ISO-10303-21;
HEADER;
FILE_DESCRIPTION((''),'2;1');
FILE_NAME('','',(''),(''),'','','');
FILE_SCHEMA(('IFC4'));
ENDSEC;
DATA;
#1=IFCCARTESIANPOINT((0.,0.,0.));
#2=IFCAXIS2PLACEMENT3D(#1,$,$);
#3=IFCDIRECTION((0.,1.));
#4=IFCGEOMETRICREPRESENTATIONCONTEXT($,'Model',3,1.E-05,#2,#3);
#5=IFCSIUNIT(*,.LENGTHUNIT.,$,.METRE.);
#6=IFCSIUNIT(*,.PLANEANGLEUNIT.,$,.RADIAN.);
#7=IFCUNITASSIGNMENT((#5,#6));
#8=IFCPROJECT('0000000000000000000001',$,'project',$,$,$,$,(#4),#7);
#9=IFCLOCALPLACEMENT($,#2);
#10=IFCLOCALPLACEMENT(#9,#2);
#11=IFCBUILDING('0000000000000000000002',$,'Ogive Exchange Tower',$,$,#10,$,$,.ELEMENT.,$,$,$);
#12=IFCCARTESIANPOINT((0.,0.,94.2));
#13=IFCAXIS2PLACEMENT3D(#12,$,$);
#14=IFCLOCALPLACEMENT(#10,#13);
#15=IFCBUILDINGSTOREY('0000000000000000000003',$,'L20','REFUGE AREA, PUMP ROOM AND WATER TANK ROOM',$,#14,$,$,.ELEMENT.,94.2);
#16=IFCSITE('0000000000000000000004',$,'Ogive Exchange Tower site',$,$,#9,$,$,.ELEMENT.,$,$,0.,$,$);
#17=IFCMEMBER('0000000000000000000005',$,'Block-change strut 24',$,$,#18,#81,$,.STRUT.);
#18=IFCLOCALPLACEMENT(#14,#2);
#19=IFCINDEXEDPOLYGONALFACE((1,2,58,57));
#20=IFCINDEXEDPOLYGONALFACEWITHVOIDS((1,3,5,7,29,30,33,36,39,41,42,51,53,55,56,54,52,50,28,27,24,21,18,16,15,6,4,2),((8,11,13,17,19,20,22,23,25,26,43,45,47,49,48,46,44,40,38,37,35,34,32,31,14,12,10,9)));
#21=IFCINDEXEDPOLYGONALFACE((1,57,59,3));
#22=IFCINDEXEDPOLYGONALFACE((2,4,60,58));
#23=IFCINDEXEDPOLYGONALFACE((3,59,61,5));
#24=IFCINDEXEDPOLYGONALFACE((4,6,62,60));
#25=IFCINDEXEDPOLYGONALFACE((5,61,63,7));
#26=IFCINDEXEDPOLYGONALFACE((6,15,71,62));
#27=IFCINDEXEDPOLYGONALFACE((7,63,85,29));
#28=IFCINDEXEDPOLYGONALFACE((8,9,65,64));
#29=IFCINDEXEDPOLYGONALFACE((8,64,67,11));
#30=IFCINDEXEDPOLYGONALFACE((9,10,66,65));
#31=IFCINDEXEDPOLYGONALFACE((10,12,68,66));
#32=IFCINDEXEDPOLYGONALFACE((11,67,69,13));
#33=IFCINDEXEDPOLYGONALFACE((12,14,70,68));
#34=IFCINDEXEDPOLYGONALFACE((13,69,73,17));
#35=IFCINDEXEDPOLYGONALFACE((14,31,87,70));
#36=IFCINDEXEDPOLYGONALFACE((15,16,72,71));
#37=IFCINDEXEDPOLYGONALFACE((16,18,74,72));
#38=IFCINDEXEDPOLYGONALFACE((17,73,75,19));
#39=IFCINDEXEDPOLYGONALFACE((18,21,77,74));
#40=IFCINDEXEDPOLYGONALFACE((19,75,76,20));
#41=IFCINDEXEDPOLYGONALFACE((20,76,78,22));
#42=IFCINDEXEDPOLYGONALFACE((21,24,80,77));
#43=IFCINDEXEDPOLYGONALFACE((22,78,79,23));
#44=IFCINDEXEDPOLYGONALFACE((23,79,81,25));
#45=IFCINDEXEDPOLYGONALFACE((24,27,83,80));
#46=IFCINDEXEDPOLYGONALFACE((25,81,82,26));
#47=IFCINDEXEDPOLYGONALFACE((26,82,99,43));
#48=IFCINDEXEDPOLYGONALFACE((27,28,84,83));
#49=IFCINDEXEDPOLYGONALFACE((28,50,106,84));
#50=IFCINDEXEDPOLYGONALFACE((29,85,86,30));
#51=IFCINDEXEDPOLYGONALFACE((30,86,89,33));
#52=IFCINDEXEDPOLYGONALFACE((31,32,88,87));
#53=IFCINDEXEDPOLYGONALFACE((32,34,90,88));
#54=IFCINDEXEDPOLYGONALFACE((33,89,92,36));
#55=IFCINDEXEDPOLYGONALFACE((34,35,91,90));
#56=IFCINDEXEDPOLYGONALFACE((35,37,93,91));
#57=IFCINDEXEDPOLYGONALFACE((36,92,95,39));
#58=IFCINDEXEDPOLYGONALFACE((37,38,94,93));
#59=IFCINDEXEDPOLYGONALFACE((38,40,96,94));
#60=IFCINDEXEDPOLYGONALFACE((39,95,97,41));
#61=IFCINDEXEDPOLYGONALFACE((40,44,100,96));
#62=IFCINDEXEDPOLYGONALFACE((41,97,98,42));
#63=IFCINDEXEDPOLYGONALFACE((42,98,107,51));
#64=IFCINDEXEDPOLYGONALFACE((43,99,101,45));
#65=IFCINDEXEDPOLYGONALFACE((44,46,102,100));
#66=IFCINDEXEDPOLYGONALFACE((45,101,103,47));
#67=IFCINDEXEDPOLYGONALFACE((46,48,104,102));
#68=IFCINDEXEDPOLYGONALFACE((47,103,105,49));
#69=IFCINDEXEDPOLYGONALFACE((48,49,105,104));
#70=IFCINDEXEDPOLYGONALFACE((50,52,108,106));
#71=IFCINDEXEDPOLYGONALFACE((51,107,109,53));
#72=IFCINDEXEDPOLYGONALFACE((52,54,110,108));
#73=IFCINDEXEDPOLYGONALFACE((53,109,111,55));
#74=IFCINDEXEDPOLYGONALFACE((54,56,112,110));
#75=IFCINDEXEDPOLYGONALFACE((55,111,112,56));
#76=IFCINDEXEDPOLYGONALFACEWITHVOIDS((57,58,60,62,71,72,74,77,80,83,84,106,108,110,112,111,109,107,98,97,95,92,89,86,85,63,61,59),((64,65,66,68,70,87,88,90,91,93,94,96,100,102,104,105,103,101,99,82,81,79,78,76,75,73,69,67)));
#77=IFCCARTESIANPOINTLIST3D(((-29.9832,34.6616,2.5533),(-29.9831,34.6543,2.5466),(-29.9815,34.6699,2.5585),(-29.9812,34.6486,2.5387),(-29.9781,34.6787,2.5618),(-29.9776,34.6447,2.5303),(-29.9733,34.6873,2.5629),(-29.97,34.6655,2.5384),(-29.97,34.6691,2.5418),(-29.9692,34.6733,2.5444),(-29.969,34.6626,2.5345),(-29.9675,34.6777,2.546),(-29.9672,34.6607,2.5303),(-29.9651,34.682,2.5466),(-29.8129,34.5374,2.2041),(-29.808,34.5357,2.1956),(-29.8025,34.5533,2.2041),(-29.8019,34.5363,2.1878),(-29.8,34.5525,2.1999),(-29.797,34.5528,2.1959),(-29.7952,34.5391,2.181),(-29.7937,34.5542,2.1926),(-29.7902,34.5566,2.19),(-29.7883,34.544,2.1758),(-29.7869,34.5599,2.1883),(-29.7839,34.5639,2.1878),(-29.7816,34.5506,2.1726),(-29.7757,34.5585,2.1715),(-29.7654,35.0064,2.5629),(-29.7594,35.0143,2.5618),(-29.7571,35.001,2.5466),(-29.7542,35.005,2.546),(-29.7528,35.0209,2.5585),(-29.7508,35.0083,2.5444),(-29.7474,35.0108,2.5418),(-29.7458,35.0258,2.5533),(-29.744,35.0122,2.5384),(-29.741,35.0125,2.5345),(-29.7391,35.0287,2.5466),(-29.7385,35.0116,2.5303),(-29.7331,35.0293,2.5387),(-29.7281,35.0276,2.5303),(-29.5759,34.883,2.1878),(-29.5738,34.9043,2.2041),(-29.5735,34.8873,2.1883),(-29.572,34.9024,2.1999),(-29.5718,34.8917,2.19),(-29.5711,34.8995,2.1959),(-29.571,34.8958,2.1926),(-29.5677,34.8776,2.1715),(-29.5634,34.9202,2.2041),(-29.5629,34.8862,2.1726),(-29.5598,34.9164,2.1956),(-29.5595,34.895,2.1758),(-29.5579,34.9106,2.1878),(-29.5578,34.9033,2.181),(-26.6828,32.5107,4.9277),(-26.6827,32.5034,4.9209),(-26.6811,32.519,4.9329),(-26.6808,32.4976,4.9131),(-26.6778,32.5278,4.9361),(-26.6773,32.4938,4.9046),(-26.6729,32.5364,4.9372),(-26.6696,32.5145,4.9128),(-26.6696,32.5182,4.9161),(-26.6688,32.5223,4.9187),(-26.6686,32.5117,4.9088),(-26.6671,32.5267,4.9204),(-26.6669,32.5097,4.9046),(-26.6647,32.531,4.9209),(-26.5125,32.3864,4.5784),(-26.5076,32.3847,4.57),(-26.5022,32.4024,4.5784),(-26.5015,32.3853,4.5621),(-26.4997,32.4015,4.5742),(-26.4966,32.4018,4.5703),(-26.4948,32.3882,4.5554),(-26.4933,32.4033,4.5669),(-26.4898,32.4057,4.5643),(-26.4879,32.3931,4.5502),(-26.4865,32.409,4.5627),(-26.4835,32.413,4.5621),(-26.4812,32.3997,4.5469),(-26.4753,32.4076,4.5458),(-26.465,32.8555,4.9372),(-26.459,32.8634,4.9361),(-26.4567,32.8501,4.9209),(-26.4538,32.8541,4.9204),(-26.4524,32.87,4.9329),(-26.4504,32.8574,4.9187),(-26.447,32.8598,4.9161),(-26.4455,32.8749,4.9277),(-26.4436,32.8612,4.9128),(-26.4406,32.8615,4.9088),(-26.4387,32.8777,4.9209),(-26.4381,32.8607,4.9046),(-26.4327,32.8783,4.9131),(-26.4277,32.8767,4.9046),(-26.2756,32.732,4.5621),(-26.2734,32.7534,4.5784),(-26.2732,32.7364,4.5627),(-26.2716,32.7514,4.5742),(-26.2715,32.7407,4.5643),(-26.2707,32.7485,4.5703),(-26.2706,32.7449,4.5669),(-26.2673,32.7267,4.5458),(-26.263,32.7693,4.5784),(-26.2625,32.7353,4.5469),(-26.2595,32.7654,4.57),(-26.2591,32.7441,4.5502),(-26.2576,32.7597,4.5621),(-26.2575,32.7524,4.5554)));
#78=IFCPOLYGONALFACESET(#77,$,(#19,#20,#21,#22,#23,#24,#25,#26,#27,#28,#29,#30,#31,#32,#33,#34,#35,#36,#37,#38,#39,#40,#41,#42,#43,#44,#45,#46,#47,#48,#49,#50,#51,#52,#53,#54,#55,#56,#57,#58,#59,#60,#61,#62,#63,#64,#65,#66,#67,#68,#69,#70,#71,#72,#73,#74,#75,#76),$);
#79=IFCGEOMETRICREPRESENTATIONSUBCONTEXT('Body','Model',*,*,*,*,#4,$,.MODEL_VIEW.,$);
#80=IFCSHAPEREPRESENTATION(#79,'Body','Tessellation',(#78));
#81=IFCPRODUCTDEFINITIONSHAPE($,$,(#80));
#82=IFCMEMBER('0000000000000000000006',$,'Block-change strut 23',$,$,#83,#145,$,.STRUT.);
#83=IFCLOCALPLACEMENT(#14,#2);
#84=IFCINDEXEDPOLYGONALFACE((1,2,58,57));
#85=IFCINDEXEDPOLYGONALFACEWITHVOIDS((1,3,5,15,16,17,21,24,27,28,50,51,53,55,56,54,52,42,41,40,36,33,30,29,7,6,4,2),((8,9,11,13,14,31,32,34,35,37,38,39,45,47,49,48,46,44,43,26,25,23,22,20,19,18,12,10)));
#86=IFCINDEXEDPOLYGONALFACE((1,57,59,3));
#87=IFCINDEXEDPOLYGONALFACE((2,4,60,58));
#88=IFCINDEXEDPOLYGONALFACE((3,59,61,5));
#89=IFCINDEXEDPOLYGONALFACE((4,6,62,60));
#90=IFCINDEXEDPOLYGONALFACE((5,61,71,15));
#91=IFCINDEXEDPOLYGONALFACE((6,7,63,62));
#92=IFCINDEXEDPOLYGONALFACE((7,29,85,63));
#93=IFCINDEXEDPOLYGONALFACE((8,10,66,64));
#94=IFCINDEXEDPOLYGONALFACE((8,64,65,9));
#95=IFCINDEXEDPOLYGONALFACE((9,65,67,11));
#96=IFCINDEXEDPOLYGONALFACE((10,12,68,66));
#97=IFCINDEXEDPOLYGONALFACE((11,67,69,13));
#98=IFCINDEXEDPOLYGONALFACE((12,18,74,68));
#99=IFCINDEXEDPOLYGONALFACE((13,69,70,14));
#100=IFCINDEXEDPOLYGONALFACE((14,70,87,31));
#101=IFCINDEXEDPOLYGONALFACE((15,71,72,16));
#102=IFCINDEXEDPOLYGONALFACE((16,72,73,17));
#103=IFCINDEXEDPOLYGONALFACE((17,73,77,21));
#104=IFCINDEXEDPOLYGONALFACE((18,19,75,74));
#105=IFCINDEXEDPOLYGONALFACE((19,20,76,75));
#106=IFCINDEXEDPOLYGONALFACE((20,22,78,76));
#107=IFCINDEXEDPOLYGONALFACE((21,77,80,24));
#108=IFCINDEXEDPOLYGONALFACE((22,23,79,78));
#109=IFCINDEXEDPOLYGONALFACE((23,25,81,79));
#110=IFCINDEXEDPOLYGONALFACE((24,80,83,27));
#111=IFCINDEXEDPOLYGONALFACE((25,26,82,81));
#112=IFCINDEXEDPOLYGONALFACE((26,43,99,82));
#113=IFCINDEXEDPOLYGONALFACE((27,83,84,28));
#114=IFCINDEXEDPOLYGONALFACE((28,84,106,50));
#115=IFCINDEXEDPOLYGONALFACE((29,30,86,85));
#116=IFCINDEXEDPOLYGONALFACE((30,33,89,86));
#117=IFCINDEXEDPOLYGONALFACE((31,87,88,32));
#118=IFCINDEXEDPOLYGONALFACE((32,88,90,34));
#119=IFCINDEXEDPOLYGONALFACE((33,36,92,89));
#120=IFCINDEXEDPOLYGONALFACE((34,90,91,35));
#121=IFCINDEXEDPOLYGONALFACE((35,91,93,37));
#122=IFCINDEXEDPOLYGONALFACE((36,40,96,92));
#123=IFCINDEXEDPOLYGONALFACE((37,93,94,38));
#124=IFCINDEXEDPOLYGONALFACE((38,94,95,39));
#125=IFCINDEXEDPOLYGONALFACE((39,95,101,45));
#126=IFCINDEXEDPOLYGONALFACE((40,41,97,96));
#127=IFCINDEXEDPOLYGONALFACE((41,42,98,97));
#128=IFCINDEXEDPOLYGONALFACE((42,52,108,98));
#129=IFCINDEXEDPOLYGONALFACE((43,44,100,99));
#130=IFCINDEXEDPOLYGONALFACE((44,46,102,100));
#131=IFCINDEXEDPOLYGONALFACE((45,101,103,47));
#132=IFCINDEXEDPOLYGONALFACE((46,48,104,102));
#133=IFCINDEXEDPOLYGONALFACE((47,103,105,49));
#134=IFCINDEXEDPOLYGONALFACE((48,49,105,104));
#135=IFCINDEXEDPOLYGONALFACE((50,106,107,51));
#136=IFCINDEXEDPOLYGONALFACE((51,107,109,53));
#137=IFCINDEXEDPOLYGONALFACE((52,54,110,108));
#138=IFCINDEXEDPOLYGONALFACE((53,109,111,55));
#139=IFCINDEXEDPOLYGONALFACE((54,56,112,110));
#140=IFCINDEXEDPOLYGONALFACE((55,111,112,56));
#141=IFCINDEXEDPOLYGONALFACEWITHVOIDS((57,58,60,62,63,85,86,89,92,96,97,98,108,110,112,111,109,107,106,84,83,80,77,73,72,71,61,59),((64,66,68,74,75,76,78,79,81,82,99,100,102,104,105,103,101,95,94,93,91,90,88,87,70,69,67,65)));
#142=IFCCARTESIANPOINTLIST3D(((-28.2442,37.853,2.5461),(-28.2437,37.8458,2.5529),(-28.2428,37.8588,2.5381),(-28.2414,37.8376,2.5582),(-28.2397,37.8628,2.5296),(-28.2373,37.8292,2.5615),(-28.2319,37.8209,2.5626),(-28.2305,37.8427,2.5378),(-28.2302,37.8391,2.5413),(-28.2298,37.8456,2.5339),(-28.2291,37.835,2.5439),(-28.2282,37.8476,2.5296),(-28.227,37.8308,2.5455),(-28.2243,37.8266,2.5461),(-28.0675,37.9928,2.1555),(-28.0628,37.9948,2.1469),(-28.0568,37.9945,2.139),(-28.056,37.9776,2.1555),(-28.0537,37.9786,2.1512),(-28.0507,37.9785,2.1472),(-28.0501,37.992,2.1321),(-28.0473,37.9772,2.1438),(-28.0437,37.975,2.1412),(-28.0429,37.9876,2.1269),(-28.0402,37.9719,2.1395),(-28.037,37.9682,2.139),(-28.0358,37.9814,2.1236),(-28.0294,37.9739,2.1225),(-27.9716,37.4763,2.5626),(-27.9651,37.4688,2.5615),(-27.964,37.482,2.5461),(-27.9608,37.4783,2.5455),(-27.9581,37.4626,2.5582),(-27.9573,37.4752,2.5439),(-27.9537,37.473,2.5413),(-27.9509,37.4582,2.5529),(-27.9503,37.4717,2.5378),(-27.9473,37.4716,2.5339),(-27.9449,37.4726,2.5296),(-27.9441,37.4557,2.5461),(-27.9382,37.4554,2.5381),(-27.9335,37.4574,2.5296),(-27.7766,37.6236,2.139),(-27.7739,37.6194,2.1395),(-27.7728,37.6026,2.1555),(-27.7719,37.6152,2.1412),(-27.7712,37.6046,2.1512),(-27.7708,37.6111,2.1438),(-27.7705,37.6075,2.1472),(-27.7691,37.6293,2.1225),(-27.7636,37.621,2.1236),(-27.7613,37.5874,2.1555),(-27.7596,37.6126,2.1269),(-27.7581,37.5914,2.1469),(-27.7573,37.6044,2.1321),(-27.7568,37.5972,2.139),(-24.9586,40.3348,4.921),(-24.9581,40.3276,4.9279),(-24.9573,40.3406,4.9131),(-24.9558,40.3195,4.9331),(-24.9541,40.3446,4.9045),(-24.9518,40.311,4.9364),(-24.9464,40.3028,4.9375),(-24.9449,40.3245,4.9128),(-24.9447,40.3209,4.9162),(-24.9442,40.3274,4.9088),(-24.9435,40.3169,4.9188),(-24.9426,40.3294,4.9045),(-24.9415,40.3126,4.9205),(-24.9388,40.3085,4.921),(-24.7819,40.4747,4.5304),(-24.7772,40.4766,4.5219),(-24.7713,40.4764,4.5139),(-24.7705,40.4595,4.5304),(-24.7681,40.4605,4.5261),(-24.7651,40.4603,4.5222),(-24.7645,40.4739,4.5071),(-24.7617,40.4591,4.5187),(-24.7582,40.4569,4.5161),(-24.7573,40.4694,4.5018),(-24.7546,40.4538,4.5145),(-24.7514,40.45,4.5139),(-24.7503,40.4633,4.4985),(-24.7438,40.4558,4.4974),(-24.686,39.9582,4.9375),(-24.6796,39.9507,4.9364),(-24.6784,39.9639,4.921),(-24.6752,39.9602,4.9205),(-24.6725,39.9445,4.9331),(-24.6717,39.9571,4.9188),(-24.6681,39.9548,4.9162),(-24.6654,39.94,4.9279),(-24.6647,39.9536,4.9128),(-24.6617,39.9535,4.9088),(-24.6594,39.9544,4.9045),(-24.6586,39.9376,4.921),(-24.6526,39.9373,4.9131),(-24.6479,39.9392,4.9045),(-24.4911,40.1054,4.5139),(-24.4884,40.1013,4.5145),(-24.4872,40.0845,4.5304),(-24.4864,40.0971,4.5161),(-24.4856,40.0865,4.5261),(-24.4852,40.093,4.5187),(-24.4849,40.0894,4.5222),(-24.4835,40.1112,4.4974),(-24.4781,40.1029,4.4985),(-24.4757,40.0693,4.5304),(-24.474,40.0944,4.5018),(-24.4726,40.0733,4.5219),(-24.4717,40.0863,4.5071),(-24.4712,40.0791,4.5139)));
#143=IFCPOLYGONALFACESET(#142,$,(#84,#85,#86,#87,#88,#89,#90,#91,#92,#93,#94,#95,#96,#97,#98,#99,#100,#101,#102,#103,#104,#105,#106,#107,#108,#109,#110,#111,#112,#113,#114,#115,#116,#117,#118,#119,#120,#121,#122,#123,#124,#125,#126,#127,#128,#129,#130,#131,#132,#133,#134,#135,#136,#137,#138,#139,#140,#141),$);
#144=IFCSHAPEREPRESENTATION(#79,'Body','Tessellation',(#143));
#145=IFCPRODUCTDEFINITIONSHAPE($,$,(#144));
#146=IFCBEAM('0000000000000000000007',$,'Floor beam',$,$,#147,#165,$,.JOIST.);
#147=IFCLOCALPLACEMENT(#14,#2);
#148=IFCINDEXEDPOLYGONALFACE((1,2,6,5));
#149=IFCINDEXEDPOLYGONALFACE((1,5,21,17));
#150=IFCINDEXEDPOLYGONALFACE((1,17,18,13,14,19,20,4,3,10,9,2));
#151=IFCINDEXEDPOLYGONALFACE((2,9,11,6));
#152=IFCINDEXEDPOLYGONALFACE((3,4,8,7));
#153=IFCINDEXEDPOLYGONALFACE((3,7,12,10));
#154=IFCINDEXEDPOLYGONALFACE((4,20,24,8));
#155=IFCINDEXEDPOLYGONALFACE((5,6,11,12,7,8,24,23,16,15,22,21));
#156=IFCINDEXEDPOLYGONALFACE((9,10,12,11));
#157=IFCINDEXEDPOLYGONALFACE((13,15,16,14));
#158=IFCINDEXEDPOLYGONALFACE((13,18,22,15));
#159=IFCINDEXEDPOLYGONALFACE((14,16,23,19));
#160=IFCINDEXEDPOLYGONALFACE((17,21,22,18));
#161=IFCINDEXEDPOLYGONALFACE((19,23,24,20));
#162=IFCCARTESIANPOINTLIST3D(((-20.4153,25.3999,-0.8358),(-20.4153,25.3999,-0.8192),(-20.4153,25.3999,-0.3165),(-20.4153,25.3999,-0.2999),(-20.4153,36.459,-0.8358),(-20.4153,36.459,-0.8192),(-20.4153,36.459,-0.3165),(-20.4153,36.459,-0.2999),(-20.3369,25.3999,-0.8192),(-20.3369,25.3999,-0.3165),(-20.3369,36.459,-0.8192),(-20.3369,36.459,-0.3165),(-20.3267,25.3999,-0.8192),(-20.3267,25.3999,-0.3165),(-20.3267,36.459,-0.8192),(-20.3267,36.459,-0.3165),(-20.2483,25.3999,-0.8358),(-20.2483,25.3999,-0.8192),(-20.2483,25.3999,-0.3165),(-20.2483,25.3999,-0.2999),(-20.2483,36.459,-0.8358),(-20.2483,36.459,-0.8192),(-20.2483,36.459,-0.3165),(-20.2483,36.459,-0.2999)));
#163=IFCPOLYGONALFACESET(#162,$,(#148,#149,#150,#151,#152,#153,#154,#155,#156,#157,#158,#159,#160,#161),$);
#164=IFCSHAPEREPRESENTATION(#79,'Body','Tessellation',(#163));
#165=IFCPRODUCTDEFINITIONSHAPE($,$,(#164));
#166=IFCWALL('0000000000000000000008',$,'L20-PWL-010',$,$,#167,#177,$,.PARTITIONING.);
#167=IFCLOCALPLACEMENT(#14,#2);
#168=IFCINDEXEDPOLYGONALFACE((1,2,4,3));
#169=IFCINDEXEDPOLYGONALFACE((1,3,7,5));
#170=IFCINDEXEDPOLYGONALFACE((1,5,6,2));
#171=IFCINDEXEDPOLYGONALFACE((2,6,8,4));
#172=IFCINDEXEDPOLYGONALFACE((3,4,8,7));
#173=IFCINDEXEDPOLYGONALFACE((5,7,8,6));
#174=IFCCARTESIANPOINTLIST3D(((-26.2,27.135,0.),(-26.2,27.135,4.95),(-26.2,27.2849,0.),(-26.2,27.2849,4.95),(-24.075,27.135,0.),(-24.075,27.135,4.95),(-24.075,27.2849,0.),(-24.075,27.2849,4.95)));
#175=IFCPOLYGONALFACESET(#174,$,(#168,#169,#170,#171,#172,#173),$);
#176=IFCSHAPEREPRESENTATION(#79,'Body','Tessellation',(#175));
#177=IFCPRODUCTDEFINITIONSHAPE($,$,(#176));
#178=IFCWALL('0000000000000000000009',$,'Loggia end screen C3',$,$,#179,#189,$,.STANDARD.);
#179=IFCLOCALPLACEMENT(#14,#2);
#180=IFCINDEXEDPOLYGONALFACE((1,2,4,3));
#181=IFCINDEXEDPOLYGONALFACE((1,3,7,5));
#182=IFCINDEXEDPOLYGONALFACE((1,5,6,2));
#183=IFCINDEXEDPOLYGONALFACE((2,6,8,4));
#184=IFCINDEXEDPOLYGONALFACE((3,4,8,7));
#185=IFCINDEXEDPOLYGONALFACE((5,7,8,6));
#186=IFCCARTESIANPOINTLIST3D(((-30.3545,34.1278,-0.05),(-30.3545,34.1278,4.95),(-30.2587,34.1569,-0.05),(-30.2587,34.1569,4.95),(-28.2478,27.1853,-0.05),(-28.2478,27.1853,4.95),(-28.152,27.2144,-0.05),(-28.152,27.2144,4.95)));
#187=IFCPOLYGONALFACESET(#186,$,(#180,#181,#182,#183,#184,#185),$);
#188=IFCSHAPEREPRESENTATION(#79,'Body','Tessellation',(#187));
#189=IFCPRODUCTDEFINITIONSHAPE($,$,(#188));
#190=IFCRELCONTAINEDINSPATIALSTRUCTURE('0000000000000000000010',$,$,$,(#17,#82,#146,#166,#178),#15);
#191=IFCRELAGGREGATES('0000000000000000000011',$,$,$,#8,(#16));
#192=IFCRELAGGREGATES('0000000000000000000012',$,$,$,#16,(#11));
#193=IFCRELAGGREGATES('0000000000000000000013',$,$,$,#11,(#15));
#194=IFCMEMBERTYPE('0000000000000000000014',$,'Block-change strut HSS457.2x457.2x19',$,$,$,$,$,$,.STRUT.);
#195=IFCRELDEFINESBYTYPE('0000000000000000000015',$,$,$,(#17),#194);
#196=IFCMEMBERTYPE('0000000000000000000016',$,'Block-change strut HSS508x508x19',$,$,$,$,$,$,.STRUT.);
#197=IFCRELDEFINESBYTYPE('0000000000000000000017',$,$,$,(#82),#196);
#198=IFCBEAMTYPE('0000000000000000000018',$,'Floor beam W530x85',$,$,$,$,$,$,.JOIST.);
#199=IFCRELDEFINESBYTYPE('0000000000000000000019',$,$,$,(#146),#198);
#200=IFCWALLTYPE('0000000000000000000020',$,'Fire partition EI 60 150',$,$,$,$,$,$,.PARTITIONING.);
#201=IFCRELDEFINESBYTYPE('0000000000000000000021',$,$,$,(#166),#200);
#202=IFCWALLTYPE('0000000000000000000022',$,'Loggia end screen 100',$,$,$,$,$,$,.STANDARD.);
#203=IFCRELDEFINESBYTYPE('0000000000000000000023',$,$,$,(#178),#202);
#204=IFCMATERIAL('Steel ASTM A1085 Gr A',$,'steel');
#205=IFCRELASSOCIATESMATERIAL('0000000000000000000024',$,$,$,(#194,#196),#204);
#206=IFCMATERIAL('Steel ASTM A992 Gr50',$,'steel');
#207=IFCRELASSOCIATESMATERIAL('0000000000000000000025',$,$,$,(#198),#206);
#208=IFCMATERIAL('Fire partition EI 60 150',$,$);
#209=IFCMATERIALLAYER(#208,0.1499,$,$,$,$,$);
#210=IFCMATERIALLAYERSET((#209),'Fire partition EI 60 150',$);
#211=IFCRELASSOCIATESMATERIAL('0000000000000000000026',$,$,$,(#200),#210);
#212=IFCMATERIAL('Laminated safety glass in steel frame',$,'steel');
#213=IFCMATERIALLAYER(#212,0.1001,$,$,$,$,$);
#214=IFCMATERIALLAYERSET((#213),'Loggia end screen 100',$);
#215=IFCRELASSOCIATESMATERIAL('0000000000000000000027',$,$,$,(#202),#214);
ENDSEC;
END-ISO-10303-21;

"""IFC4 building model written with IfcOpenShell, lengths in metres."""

from ifc_helpers import new_model, si_unit, direction, frame, frame_2d, origin, origin_2d, place, context, subcontext, project, spatial, rectangle, hollow_rectangle, i_section, extrude, material, layer, layer_set, material_profile, profile_set, type_object, element, save


model = new_model("IFC4")

# Units and contexts
model_context = context("Model", 3, precision=1e-05, world=origin(), true_north=direction((0.0, 1.0)))
body_context = subcontext(model_context, "Body", "Model", "MODEL_VIEW")
ifc_project = project(units=[si_unit("LENGTHUNIT", "METRE"), si_unit("PLANEANGLEUNIT", "RADIAN")], contexts=[model_context])

# Site, building, storey
site_placement = place(None, origin())
site = spatial("IfcSite", under=ifc_project, at=site_placement, Name="Ogive Exchange Tower site", CompositionType="ELEMENT", RefElevation=0.0)
building_placement = place(site_placement, origin())
building = spatial("IfcBuilding", under=site, at=building_placement, Name="Ogive Exchange Tower", CompositionType="ELEMENT")
storey_placement = place(building_placement, frame((0.0, 0.0, 94.2)))
storey = spatial("IfcBuildingStorey", under=building, at=storey_placement, Name="L20", Description="REFUGE AREA, PUMP ROOM AND WATER TANK ROOM", CompositionType="ELEMENT", Elevation=94.2)

# Shared definitions
ifc_material_1 = material(Name="Steel ASTM A992 Gr50", Category="steel")

# Shared definitions
ifc_material_2 = material(Name="Steel ASTM A1085 Gr A", Category="steel")

# Members
ifc_material_profile_1 = material_profile(ifc_material_2, hollow_rectangle(XDim=0.457, YDim=0.457, WallThickness=0.019, InnerFilletRadius=0.019, OuterFilletRadius=0.0381, at=origin_2d()), Name="HSS457.2x457.2x19")
ifc_profile_set_1 = profile_set([ifc_material_profile_1], Name="Steel ASTM A1085 Gr A")
member_type_1 = type_object("IfcMemberType", Name="Block-change strut HSS457.2x457.2x19", PredefinedType="STRUT", material=ifc_profile_set_1)
member_1_placement = place(storey_placement, frame((-29.7705, 34.7825, 2.3672), z_axis=(0.717534, -0.467634, 0.516202), x_axis=(0.546003, 0.837783, 0.0)))
element("IfcMember", 1, at=member_1_placement, inside=storey, type_object=member_type_1, Name="Block-change strut 24", PredefinedType="STRUT", context=body_context, shape_type="SweptSolid", body=[
    extrude(hollow_rectangle(XDim=0.457, YDim=0.457, WallThickness=0.019, InnerFilletRadius=0.019, OuterFilletRadius=0.0381, at=origin_2d()), origin(), (0.0, 0.0, 1.0), 4.5996),
])
ifc_material_profile_2 = material_profile(ifc_material_2, hollow_rectangle(XDim=0.5081, YDim=0.5081, WallThickness=0.019, InnerFilletRadius=0.019, OuterFilletRadius=0.0381, at=origin_2d()), Name="HSS508x508x19")
ifc_profile_set_2 = profile_set([ifc_material_profile_2], Name="Steel ASTM A1085 Gr A")
member_type_2 = type_object("IfcMemberType", Name="Block-change strut HSS508x508x19", PredefinedType="STRUT", material=ifc_profile_set_2)
member_2_placement = place(storey_placement, frame((-28.0005, 37.7251, 2.3425), z_axis=(0.6912, 0.522124, 0.499628), x_axis=(-0.602748, 0.797932, 0.0)))
element("IfcMember", 2, at=member_2_placement, inside=storey, type_object=member_type_2, Name="Block-change strut 23", PredefinedType="STRUT", context=body_context, shape_type="SweptSolid", body=[
    extrude(hollow_rectangle(XDim=0.5081, YDim=0.5081, WallThickness=0.019, InnerFilletRadius=0.019, OuterFilletRadius=0.0381, at=origin_2d()), origin(), (0.0, 0.0, 1.0), 4.7534),
])

# Beam
ifc_material_profile_3 = material_profile(ifc_material_1, i_section(OverallWidth=0.167, OverallDepth=0.5359, WebThickness=0.0103, FlangeThickness=0.0166, at=origin_2d()), Name="W530x85")
ifc_profile_set_3 = profile_set([ifc_material_profile_3], Name="Steel ASTM A992 Gr50")
beam_type_1 = type_object("IfcBeamType", Name="Floor beam W530x85", PredefinedType="JOIST", material=ifc_profile_set_3)
beam_1_placement = place(storey_placement, frame((-20.3318, 25.3999, -0.5679), z_axis=(0.0, 1.0, 0.0), x_axis=(-1.0, 0.0, 0.0)))
element("IfcBeam", 3, at=beam_1_placement, inside=storey, type_object=beam_type_1, Name="Floor beam", PredefinedType="JOIST", context=body_context, shape_type="SweptSolid", body=[
    extrude(i_section(OverallWidth=0.167, OverallDepth=0.5359, WebThickness=0.0103, FlangeThickness=0.0166, at=origin_2d()), origin(), (0.0, 0.0, 1.0), 11.0591),
])

# Walls
ifc_material_3 = material(Name="Fire partition EI 60 150")
ifc_layer_1 = layer(ifc_material_3, 0.1499)
ifc_layer_set_1 = layer_set([ifc_layer_1], Name="Fire partition EI 60 150")
wall_type_1 = type_object("IfcWallType", Name="Fire partition EI 60 150", PredefinedType="PARTITIONING", material=ifc_layer_set_1)
wall_1_placement = place(storey_placement, frame((-24.075, 27.21, 0.0), z_axis=(0.0, 0.0, 1.0), x_axis=(-1.0, 0.0, 0.0)))
element("IfcWall", 4, at=wall_1_placement, inside=storey, type_object=wall_type_1, Name="L20-PWL-010", PredefinedType="PARTITIONING", context=body_context, shape_type="SweptSolid", body=[
    extrude(rectangle(XDim=2.125, YDim=0.1499, at=frame_2d((1.0625, 0.0))), origin(), (0.0, 0.0, 1.0), 4.95),
])
ifc_material_4 = material(Name="Laminated safety glass in steel frame", Category="steel")
ifc_layer_2 = layer(ifc_material_4, 0.1001)
ifc_layer_set_2 = layer_set([ifc_layer_2], Name="Loggia end screen 100")
wall_type_2 = type_object("IfcWallType", Name="Loggia end screen 100", PredefinedType="STANDARD", material=ifc_layer_set_2)
wall_2_placement = place(storey_placement, frame((-28.2, 27.2, -0.05), z_axis=(0.0, 0.0, 1.0), x_axis=(-0.290369, 0.956915, 0.0)))
element("IfcWall", 5, at=wall_2_placement, inside=storey, type_object=wall_type_2, Name="Loggia end screen C3", PredefinedType="STANDARD", context=body_context, shape_type="SweptSolid", body=[
    extrude(rectangle(XDim=7.2551, YDim=0.1001, at=frame_2d((3.6274, 0.0))), origin(), (0.0, 0.0, 1.0), 5.0),
])

save(model, "model.ifc")
